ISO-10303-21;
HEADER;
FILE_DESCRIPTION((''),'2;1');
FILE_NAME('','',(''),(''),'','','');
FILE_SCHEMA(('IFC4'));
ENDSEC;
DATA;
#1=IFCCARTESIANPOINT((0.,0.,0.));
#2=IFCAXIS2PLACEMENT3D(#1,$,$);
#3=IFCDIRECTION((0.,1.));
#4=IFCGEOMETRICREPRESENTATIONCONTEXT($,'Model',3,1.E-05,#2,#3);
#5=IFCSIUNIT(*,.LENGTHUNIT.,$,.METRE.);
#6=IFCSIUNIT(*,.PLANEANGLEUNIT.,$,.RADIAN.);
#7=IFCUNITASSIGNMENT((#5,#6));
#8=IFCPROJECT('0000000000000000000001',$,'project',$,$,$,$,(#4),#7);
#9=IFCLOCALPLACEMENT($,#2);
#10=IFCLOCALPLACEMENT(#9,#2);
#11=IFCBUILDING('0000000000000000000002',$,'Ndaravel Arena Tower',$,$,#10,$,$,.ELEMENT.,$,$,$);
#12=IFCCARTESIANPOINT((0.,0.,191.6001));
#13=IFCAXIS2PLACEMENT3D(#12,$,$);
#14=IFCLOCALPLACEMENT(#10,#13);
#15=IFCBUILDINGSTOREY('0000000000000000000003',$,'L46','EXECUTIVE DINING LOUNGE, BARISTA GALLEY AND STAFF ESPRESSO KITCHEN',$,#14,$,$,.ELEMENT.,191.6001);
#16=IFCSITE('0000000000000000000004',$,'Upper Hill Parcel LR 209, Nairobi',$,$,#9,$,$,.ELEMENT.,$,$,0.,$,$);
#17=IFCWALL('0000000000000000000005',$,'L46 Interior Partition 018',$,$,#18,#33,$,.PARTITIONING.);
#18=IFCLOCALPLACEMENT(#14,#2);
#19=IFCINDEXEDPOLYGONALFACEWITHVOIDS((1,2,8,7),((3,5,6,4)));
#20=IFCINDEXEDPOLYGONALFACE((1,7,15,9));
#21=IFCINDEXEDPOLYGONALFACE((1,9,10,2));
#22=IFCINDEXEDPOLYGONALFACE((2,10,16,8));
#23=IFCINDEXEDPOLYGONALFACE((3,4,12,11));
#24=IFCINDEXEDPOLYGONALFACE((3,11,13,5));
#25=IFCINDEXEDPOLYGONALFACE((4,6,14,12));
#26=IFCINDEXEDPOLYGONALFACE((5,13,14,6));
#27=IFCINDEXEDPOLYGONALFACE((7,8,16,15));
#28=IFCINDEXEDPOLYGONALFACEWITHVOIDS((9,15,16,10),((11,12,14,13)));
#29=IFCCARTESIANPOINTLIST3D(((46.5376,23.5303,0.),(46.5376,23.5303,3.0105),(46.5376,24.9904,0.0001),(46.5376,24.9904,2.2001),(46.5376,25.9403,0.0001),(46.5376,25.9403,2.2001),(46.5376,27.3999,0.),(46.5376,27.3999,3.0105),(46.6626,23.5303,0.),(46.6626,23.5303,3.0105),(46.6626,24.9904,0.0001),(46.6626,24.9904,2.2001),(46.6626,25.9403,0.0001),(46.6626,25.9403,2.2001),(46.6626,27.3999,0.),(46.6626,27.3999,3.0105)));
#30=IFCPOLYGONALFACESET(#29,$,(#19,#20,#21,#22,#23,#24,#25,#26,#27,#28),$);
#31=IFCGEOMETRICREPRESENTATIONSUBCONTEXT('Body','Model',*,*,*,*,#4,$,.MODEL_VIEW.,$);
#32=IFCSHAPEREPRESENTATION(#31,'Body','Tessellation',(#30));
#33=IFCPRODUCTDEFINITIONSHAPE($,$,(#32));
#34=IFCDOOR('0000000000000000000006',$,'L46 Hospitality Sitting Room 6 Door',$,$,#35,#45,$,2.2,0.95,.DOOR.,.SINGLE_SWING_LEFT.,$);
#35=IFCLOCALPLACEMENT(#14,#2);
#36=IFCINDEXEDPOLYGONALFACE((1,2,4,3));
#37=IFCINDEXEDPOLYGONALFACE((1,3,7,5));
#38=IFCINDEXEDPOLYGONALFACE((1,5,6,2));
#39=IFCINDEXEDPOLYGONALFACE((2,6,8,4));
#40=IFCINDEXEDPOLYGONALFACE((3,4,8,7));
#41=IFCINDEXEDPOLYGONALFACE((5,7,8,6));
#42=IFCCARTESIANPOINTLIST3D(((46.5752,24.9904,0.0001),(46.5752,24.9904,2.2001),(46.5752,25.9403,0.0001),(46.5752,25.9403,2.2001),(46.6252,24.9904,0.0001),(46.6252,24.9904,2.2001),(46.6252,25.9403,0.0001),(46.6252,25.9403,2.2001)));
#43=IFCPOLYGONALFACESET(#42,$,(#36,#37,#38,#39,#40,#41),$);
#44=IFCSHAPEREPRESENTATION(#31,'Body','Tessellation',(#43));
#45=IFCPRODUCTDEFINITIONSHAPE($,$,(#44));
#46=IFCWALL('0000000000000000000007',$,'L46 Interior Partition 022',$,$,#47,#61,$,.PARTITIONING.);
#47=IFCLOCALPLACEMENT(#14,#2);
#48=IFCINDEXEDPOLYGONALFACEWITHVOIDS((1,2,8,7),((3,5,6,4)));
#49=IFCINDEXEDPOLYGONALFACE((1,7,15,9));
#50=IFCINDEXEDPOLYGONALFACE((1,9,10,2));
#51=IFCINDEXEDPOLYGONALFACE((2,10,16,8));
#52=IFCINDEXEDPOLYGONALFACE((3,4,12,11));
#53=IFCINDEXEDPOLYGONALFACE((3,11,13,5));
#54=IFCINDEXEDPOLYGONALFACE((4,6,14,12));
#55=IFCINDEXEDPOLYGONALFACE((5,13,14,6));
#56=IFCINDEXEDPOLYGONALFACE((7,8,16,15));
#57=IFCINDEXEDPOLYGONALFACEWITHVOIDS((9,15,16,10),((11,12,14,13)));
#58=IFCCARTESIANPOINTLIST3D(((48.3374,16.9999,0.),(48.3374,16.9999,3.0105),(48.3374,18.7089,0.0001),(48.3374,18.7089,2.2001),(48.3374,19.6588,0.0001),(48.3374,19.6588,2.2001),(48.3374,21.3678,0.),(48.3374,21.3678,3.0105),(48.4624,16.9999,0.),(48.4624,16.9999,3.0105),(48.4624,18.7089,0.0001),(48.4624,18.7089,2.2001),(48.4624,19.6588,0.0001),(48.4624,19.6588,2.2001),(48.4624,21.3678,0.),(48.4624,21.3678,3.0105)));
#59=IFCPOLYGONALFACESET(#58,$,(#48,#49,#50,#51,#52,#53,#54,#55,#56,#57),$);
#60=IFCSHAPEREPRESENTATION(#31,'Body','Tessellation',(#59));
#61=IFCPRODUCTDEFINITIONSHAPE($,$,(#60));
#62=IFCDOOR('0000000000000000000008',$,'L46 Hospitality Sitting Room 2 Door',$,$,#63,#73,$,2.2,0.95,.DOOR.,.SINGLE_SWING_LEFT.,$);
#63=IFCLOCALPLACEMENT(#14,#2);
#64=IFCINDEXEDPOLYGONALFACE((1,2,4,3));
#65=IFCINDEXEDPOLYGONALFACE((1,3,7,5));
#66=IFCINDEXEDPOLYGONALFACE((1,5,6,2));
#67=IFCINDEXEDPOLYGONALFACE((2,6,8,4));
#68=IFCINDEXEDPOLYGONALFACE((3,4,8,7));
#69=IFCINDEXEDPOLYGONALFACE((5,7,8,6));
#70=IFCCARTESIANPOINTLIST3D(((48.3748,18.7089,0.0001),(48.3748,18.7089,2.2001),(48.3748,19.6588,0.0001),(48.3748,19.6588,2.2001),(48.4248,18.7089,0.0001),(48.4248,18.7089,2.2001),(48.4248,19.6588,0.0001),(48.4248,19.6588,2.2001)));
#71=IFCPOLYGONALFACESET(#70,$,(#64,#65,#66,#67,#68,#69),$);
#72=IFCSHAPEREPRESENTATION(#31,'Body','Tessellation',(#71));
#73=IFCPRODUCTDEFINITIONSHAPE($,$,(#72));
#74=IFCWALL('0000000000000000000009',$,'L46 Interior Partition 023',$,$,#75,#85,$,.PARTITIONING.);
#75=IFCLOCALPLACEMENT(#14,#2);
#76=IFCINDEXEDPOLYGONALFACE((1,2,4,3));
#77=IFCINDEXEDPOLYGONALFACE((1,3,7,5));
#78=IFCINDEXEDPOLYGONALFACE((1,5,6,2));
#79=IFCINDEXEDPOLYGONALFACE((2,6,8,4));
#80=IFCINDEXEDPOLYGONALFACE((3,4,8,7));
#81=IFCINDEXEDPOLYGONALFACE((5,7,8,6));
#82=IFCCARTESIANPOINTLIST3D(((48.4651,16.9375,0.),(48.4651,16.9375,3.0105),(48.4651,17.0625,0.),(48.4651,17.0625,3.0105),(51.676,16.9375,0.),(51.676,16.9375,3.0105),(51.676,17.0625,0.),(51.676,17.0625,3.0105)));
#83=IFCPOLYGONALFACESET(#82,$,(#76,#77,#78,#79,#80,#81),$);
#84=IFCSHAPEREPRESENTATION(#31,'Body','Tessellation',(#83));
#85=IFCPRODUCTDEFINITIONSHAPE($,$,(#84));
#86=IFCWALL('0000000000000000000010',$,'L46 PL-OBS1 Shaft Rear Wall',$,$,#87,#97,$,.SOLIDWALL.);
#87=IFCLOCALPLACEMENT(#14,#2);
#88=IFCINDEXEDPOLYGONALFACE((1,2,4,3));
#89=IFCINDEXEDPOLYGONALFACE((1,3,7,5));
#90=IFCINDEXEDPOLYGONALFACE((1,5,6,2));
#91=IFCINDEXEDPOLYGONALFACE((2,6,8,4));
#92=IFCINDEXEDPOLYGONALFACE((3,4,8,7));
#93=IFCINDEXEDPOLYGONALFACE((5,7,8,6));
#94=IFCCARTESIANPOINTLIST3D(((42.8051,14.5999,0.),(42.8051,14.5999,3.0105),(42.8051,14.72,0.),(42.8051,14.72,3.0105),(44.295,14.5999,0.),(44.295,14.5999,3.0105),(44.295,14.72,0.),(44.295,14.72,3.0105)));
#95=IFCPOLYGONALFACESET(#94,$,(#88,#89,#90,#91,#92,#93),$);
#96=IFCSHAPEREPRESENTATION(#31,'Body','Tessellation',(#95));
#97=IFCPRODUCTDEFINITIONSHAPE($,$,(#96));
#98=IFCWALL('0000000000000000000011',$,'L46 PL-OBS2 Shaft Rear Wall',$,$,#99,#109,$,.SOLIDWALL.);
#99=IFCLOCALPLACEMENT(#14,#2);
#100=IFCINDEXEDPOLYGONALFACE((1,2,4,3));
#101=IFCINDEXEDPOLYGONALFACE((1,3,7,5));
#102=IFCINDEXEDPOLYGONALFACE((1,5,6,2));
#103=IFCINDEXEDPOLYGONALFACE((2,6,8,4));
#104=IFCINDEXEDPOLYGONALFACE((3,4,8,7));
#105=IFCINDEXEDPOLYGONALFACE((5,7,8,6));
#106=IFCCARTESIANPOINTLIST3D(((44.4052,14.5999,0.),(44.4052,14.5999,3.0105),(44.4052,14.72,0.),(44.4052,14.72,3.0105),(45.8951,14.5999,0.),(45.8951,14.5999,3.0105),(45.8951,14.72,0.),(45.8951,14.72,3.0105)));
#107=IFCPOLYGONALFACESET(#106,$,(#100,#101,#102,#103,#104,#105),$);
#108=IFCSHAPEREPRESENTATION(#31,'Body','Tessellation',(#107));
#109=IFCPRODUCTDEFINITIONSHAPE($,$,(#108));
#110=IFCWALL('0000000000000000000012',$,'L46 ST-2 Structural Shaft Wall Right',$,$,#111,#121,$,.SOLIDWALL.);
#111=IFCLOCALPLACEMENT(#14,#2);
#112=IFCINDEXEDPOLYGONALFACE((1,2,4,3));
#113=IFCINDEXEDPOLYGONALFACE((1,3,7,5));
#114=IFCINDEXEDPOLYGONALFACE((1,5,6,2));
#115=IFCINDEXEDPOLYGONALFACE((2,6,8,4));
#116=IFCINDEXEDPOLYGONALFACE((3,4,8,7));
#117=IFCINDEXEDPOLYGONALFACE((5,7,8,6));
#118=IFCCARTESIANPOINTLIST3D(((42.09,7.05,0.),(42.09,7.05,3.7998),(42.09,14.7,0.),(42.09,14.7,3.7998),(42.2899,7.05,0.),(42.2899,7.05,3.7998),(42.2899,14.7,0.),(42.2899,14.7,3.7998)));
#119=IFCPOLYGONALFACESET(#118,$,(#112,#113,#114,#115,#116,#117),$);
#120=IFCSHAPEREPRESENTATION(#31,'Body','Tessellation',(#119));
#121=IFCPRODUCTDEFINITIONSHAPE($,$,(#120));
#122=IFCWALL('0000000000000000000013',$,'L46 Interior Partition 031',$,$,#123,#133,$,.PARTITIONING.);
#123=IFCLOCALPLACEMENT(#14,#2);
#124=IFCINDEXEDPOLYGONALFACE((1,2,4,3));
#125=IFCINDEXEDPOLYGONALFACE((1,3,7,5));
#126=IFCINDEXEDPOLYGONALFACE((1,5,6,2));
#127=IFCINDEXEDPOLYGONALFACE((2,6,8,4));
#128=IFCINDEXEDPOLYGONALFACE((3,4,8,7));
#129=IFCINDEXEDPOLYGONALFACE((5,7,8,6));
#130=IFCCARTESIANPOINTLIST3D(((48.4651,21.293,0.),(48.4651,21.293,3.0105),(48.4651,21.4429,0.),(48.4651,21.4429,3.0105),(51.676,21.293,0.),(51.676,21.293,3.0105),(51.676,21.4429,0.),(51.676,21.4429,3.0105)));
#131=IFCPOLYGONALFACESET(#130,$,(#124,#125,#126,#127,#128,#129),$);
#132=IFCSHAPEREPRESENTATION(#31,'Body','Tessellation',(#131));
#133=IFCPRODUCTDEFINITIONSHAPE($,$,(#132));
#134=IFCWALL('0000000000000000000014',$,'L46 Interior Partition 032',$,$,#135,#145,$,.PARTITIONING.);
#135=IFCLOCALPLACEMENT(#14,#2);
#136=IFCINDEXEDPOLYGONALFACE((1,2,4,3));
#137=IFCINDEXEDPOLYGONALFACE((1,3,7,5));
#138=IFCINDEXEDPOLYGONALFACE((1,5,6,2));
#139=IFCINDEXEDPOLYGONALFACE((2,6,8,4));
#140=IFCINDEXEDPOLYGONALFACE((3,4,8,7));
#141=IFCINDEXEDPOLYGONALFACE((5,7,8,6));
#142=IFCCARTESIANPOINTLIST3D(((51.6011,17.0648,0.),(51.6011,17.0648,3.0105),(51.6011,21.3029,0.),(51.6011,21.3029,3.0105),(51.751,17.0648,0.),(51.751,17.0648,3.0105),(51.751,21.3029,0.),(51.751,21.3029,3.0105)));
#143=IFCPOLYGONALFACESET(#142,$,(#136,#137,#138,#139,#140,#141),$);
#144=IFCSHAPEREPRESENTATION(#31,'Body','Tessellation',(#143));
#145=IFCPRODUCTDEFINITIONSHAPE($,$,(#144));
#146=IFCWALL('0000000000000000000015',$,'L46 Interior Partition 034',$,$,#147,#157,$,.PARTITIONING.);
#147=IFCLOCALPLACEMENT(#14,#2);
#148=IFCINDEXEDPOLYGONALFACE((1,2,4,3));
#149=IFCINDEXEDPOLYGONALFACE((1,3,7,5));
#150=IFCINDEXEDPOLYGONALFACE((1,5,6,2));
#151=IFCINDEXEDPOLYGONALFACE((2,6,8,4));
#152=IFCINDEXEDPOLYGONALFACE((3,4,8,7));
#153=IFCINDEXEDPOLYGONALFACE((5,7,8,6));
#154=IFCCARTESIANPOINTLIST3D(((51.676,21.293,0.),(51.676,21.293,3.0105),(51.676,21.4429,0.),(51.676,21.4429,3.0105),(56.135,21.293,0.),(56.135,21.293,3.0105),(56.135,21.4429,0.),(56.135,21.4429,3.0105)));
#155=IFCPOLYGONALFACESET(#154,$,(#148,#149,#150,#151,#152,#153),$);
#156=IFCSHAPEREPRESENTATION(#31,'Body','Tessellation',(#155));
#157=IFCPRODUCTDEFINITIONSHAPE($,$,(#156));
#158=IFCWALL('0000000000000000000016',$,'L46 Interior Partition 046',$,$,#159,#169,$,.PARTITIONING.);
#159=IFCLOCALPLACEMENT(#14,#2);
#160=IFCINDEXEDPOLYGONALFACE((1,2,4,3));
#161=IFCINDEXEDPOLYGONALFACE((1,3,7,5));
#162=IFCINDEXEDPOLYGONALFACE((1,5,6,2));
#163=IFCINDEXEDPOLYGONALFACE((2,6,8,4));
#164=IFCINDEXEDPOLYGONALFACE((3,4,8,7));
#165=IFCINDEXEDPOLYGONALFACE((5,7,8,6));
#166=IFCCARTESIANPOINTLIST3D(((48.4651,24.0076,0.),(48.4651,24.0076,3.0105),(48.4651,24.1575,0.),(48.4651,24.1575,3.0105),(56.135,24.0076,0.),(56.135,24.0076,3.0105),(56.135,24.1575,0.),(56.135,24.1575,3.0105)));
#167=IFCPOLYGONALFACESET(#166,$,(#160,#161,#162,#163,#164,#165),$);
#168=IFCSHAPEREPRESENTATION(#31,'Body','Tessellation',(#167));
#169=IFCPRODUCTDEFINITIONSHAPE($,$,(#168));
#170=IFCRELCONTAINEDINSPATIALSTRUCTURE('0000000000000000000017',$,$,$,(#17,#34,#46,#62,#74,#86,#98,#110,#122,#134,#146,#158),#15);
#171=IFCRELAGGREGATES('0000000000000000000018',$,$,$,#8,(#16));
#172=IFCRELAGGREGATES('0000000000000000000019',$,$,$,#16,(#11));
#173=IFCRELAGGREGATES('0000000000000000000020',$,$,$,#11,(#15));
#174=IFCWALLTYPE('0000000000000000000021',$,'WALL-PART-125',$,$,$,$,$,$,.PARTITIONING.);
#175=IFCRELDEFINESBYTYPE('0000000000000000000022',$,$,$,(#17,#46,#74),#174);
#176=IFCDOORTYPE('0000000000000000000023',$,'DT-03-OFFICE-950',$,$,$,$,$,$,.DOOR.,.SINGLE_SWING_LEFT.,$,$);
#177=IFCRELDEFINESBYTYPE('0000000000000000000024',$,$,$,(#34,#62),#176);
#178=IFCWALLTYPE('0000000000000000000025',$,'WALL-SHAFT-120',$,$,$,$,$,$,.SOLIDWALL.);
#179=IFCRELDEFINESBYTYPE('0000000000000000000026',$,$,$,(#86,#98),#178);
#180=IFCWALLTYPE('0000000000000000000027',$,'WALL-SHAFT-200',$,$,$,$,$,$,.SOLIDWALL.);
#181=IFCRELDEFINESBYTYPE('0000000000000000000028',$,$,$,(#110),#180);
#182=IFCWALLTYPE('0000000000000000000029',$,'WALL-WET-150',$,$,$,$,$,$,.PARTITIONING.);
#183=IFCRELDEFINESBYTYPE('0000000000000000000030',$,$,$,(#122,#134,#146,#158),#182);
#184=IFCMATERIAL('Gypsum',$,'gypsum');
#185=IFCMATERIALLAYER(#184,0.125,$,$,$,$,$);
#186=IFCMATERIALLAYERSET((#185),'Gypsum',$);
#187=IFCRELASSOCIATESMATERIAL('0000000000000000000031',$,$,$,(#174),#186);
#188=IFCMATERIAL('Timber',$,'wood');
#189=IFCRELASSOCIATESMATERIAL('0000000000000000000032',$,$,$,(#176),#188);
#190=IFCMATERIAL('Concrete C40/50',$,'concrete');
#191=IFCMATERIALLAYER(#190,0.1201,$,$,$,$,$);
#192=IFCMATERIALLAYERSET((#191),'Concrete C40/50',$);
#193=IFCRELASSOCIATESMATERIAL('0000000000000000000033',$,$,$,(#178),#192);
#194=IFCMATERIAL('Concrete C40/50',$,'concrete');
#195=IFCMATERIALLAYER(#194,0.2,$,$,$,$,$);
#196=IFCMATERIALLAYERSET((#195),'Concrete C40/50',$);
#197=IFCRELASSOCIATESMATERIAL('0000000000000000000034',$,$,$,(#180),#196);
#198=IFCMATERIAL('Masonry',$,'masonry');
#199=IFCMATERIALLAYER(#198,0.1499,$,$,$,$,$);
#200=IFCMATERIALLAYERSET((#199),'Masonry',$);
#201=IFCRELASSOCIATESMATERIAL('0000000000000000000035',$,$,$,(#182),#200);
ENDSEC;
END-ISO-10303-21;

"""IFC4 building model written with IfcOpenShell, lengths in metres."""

from ifc_helpers import new_model, si_unit, direction, frame, frame_2d, origin, place, context, subcontext, project, spatial, rectangle, extrude, material, layer, layer_set, type_object, element, fill, save


model = new_model("IFC4")

# Units and contexts
model_context = context("Model", 3, precision=1e-05, world=origin(), true_north=direction((0.0, 1.0)))
body_context = subcontext(model_context, "Body", "Model", "MODEL_VIEW")
ifc_project = project(units=[si_unit("LENGTHUNIT", "METRE"), si_unit("PLANEANGLEUNIT", "RADIAN")], contexts=[model_context])

# Site, building, storey
site_placement = place(None, origin())
site = spatial("IfcSite", under=ifc_project, at=site_placement, Name="Upper Hill Parcel LR 209, Nairobi", CompositionType="ELEMENT", RefElevation=0.0)
building_placement = place(site_placement, origin())
building = spatial("IfcBuilding", under=site, at=building_placement, Name="Ndaravel Arena Tower", CompositionType="ELEMENT")
storey_placement = place(building_placement, frame((0.0, 0.0, 191.6001)))
storey = spatial("IfcBuildingStorey", under=building, at=storey_placement, Name="L46", Description="EXECUTIVE DINING LOUNGE, BARISTA GALLEY AND STAFF ESPRESSO KITCHEN", CompositionType="ELEMENT", Elevation=191.6001)

# Shared definitions
ifc_material_1 = material(Name="Gypsum", Category="gypsum")
ifc_layer_1 = layer(ifc_material_1, 0.125)
ifc_layer_set_1 = layer_set([ifc_layer_1], Name="Gypsum")
wall_type_1 = type_object("IfcWallType", Name="WALL-PART-125", PredefinedType="PARTITIONING", material=ifc_layer_set_1)

# Walls, openings, doors
wall_1_placement = place(storey_placement, frame((46.6001, 23.5303, 0.0), z_axis=(0.0, 0.0, 1.0), x_axis=(0.0, 1.0, 0.0)))
wall_1 = element("IfcWall", 1, at=wall_1_placement, inside=storey, type_object=wall_type_1, Name="L46 Interior Partition 018", PredefinedType="PARTITIONING", context=body_context, shape_type="SweptSolid", body=[
    extrude(rectangle(XDim=3.8696, YDim=0.125, at=frame_2d((1.9348, 0.0))), origin(), (0.0, 0.0, 1.0), 3.0105),
])
opening_1_placement = place(wall_1_placement, frame((1.46, 0.0, 0.0)))
opening_1 = element("IfcOpeningElement", 2, at=opening_1_placement, cuts=wall_1, PredefinedType="OPENING", context=body_context, shape_type="SweptSolid", body=[
    extrude(rectangle(XDim=0.95, YDim=2.2, at=frame_2d((0.4751, 1.1001))), frame((0.0, 0.0625, 0.0), z_axis=(0.0, -1.0, 0.0), x_axis=(1.0, 0.0, 0.0)), (0.0, 0.0, 1.0), 0.125),
])
ifc_material_2 = material(Name="Timber", Category="wood")
door_type_1 = type_object("IfcDoorType", Name="DT-03-OFFICE-950", OperationType="SINGLE_SWING_LEFT", PredefinedType="DOOR", material=ifc_material_2)
door_1_placement = place(opening_1_placement, origin())
door_1 = element("IfcDoor", 3, at=door_1_placement, inside=storey, type_object=door_type_1, Name="L46 Hospitality Sitting Room 6 Door", OperationType="SINGLE_SWING_LEFT", OverallHeight=2.2, OverallWidth=0.95, PredefinedType="DOOR", context=body_context, shape_type="SweptSolid", body=[
    extrude(rectangle(XDim=0.95, YDim=2.2, at=frame_2d((0.4751, 1.1001))), frame((0.0, 0.0249, 0.0), z_axis=(0.0, -1.0, 0.0), x_axis=(1.0, 0.0, 0.0)), (0.0, 0.0, 1.0), 0.05),
])
fill(opening_1, door_1)
wall_2_placement = place(storey_placement, frame((48.3999, 21.3679, 0.0), z_axis=(0.0, 0.0, 1.0), x_axis=(0.0, -1.0, 0.0)))
wall_2 = element("IfcWall", 4, at=wall_2_placement, inside=storey, type_object=wall_type_1, Name="L46 Interior Partition 022", PredefinedType="PARTITIONING", context=body_context, shape_type="SweptSolid", body=[
    extrude(rectangle(XDim=4.3679, YDim=0.125, at=frame_2d((2.1841, 0.0))), origin(), (0.0, 0.0, 1.0), 3.0105),
])
opening_2_placement = place(wall_2_placement, frame((1.709, 0.0, 0.0)))
opening_2 = element("IfcOpeningElement", 5, at=opening_2_placement, cuts=wall_2, PredefinedType="OPENING", context=body_context, shape_type="SweptSolid", body=[
    extrude(rectangle(XDim=0.95, YDim=2.2, at=frame_2d((0.4751, 1.1001))), frame((0.0, 0.0625, 0.0), z_axis=(0.0, -1.0, 0.0), x_axis=(1.0, 0.0, 0.0)), (0.0, 0.0, 1.0), 0.125),
])
door_2_placement = place(opening_2_placement, origin())
door_2 = element("IfcDoor", 6, at=door_2_placement, inside=storey, type_object=door_type_1, Name="L46 Hospitality Sitting Room 2 Door", OperationType="SINGLE_SWING_LEFT", OverallHeight=2.2, OverallWidth=0.95, PredefinedType="DOOR", context=body_context, shape_type="SweptSolid", body=[
    extrude(rectangle(XDim=0.95, YDim=2.2, at=frame_2d((0.4751, 1.1001))), frame((0.0, 0.0249, 0.0), z_axis=(0.0, -1.0, 0.0), x_axis=(1.0, 0.0, 0.0)), (0.0, 0.0, 1.0), 0.05),
])
fill(opening_2, door_2)

# Walls
wall_3_placement = place(storey_placement, frame((48.4651, 17.0, 0.0), z_axis=(0.0, 0.0, 1.0), x_axis=(1.0, 0.0, 0.0)))
element("IfcWall", 7, at=wall_3_placement, inside=storey, type_object=wall_type_1, Name="L46 Interior Partition 023", PredefinedType="PARTITIONING", context=body_context, shape_type="SweptSolid", body=[
    extrude(rectangle(XDim=3.2109, YDim=0.125, at=frame_2d((1.6055, 0.0))), origin(), (0.0, 0.0, 1.0), 3.0105),
])
ifc_material_3 = material(Name="Concrete C40/50", Category="concrete")
ifc_layer_2 = layer(ifc_material_3, 0.1201)
ifc_layer_set_2 = layer_set([ifc_layer_2], Name="Concrete C40/50")
wall_type_2 = type_object("IfcWallType", Name="WALL-SHAFT-120", PredefinedType="SOLIDWALL", material=ifc_layer_set_2)
for number, where, z_axis, x_axis, name in (
    (8, (42.8049, 14.6599, 0.0), (0.0, 0.0, 1.0), (1.0, 0.0, 0.0), "L46 PL-OBS1 Shaft Rear Wall"),
    (9, (44.405, 14.6599, 0.0), (0.0, 0.0, 1.0), (1.0, 0.0, 0.0), "L46 PL-OBS2 Shaft Rear Wall"),
):
    element("IfcWall", number, at=place(storey_placement, frame(where, z_axis=z_axis, x_axis=x_axis)), inside=storey, type_object=wall_type_2, Name=name, PredefinedType="SOLIDWALL", context=body_context, shape_type="SweptSolid", body=[
        extrude(rectangle(XDim=1.49, YDim=0.1201, at=frame_2d((0.7451, 0.0))), origin(), (0.0, 0.0, 1.0), 3.0105),
    ])
ifc_material_4 = material(Name="Concrete C40/50", Category="concrete")
ifc_layer_3 = layer(ifc_material_4, 0.2)
ifc_layer_set_3 = layer_set([ifc_layer_3], Name="Concrete C40/50")
wall_type_3 = type_object("IfcWallType", Name="WALL-SHAFT-200", PredefinedType="SOLIDWALL", material=ifc_layer_set_3)
wall_4_placement = place(storey_placement, frame((42.1899, 14.7, 0.0), z_axis=(0.0, 0.0, 1.0), x_axis=(0.0, -1.0, 0.0)))
element("IfcWall", 10, at=wall_4_placement, inside=storey, type_object=wall_type_3, Name="L46 ST-2 Structural Shaft Wall Right", PredefinedType="SOLIDWALL", context=body_context, shape_type="SweptSolid", body=[
    extrude(rectangle(XDim=7.6499, YDim=0.2, at=frame_2d((3.825, 0.0))), origin(), (0.0, 0.0, 1.0), 3.7998),
])

# Shared definitions
ifc_material_5 = material(Name="Masonry", Category="masonry")
ifc_layer_4 = layer(ifc_material_5, 0.1499)
ifc_layer_set_4 = layer_set([ifc_layer_4], Name="Masonry")
wall_type_4 = type_object("IfcWallType", Name="WALL-WET-150", PredefinedType="PARTITIONING", material=ifc_layer_set_4)

# Walls
wall_5_placement = place(storey_placement, frame((48.4651, 21.3679, 0.0), z_axis=(0.0, 0.0, 1.0), x_axis=(1.0, 0.0, 0.0)))
element("IfcWall", 11, at=wall_5_placement, inside=storey, type_object=wall_type_4, Name="L46 Interior Partition 031", PredefinedType="PARTITIONING", context=body_context, shape_type="SweptSolid", body=[
    extrude(rectangle(XDim=3.2109, YDim=0.1499, at=frame_2d((1.6055, 0.0))), origin(), (0.0, 0.0, 1.0), 3.0105),
])
wall_6_placement = place(storey_placement, frame((51.676, 21.303, 0.0), z_axis=(0.0, 0.0, 1.0), x_axis=(0.0, -1.0, 0.0)))
element("IfcWall", 12, at=wall_6_placement, inside=storey, type_object=wall_type_4, Name="L46 Interior Partition 032", PredefinedType="PARTITIONING", context=body_context, shape_type="SweptSolid", body=[
    extrude(rectangle(XDim=4.238, YDim=0.1499, at=frame_2d((2.1191, 0.0))), origin(), (0.0, 0.0, 1.0), 3.0105),
])
wall_7_placement = place(storey_placement, frame((51.676, 21.3679, 0.0), z_axis=(0.0, 0.0, 1.0), x_axis=(1.0, 0.0, 0.0)))
element("IfcWall", 13, at=wall_7_placement, inside=storey, type_object=wall_type_4, Name="L46 Interior Partition 034", PredefinedType="PARTITIONING", context=body_context, shape_type="SweptSolid", body=[
    extrude(rectangle(XDim=4.459, YDim=0.1499, at=frame_2d((2.2295, 0.0))), origin(), (0.0, 0.0, 1.0), 3.0105),
])
wall_8_placement = place(storey_placement, frame((48.4651, 24.0825, 0.0), z_axis=(0.0, 0.0, 1.0), x_axis=(1.0, 0.0, 0.0)))
element("IfcWall", 14, at=wall_8_placement, inside=storey, type_object=wall_type_4, Name="L46 Interior Partition 046", PredefinedType="PARTITIONING", context=body_context, shape_type="SweptSolid", body=[
    extrude(rectangle(XDim=7.6699, YDim=0.1499, at=frame_2d((3.835, 0.0))), origin(), (0.0, 0.0, 1.0), 3.0105),
])

save(model, "model.ifc")
